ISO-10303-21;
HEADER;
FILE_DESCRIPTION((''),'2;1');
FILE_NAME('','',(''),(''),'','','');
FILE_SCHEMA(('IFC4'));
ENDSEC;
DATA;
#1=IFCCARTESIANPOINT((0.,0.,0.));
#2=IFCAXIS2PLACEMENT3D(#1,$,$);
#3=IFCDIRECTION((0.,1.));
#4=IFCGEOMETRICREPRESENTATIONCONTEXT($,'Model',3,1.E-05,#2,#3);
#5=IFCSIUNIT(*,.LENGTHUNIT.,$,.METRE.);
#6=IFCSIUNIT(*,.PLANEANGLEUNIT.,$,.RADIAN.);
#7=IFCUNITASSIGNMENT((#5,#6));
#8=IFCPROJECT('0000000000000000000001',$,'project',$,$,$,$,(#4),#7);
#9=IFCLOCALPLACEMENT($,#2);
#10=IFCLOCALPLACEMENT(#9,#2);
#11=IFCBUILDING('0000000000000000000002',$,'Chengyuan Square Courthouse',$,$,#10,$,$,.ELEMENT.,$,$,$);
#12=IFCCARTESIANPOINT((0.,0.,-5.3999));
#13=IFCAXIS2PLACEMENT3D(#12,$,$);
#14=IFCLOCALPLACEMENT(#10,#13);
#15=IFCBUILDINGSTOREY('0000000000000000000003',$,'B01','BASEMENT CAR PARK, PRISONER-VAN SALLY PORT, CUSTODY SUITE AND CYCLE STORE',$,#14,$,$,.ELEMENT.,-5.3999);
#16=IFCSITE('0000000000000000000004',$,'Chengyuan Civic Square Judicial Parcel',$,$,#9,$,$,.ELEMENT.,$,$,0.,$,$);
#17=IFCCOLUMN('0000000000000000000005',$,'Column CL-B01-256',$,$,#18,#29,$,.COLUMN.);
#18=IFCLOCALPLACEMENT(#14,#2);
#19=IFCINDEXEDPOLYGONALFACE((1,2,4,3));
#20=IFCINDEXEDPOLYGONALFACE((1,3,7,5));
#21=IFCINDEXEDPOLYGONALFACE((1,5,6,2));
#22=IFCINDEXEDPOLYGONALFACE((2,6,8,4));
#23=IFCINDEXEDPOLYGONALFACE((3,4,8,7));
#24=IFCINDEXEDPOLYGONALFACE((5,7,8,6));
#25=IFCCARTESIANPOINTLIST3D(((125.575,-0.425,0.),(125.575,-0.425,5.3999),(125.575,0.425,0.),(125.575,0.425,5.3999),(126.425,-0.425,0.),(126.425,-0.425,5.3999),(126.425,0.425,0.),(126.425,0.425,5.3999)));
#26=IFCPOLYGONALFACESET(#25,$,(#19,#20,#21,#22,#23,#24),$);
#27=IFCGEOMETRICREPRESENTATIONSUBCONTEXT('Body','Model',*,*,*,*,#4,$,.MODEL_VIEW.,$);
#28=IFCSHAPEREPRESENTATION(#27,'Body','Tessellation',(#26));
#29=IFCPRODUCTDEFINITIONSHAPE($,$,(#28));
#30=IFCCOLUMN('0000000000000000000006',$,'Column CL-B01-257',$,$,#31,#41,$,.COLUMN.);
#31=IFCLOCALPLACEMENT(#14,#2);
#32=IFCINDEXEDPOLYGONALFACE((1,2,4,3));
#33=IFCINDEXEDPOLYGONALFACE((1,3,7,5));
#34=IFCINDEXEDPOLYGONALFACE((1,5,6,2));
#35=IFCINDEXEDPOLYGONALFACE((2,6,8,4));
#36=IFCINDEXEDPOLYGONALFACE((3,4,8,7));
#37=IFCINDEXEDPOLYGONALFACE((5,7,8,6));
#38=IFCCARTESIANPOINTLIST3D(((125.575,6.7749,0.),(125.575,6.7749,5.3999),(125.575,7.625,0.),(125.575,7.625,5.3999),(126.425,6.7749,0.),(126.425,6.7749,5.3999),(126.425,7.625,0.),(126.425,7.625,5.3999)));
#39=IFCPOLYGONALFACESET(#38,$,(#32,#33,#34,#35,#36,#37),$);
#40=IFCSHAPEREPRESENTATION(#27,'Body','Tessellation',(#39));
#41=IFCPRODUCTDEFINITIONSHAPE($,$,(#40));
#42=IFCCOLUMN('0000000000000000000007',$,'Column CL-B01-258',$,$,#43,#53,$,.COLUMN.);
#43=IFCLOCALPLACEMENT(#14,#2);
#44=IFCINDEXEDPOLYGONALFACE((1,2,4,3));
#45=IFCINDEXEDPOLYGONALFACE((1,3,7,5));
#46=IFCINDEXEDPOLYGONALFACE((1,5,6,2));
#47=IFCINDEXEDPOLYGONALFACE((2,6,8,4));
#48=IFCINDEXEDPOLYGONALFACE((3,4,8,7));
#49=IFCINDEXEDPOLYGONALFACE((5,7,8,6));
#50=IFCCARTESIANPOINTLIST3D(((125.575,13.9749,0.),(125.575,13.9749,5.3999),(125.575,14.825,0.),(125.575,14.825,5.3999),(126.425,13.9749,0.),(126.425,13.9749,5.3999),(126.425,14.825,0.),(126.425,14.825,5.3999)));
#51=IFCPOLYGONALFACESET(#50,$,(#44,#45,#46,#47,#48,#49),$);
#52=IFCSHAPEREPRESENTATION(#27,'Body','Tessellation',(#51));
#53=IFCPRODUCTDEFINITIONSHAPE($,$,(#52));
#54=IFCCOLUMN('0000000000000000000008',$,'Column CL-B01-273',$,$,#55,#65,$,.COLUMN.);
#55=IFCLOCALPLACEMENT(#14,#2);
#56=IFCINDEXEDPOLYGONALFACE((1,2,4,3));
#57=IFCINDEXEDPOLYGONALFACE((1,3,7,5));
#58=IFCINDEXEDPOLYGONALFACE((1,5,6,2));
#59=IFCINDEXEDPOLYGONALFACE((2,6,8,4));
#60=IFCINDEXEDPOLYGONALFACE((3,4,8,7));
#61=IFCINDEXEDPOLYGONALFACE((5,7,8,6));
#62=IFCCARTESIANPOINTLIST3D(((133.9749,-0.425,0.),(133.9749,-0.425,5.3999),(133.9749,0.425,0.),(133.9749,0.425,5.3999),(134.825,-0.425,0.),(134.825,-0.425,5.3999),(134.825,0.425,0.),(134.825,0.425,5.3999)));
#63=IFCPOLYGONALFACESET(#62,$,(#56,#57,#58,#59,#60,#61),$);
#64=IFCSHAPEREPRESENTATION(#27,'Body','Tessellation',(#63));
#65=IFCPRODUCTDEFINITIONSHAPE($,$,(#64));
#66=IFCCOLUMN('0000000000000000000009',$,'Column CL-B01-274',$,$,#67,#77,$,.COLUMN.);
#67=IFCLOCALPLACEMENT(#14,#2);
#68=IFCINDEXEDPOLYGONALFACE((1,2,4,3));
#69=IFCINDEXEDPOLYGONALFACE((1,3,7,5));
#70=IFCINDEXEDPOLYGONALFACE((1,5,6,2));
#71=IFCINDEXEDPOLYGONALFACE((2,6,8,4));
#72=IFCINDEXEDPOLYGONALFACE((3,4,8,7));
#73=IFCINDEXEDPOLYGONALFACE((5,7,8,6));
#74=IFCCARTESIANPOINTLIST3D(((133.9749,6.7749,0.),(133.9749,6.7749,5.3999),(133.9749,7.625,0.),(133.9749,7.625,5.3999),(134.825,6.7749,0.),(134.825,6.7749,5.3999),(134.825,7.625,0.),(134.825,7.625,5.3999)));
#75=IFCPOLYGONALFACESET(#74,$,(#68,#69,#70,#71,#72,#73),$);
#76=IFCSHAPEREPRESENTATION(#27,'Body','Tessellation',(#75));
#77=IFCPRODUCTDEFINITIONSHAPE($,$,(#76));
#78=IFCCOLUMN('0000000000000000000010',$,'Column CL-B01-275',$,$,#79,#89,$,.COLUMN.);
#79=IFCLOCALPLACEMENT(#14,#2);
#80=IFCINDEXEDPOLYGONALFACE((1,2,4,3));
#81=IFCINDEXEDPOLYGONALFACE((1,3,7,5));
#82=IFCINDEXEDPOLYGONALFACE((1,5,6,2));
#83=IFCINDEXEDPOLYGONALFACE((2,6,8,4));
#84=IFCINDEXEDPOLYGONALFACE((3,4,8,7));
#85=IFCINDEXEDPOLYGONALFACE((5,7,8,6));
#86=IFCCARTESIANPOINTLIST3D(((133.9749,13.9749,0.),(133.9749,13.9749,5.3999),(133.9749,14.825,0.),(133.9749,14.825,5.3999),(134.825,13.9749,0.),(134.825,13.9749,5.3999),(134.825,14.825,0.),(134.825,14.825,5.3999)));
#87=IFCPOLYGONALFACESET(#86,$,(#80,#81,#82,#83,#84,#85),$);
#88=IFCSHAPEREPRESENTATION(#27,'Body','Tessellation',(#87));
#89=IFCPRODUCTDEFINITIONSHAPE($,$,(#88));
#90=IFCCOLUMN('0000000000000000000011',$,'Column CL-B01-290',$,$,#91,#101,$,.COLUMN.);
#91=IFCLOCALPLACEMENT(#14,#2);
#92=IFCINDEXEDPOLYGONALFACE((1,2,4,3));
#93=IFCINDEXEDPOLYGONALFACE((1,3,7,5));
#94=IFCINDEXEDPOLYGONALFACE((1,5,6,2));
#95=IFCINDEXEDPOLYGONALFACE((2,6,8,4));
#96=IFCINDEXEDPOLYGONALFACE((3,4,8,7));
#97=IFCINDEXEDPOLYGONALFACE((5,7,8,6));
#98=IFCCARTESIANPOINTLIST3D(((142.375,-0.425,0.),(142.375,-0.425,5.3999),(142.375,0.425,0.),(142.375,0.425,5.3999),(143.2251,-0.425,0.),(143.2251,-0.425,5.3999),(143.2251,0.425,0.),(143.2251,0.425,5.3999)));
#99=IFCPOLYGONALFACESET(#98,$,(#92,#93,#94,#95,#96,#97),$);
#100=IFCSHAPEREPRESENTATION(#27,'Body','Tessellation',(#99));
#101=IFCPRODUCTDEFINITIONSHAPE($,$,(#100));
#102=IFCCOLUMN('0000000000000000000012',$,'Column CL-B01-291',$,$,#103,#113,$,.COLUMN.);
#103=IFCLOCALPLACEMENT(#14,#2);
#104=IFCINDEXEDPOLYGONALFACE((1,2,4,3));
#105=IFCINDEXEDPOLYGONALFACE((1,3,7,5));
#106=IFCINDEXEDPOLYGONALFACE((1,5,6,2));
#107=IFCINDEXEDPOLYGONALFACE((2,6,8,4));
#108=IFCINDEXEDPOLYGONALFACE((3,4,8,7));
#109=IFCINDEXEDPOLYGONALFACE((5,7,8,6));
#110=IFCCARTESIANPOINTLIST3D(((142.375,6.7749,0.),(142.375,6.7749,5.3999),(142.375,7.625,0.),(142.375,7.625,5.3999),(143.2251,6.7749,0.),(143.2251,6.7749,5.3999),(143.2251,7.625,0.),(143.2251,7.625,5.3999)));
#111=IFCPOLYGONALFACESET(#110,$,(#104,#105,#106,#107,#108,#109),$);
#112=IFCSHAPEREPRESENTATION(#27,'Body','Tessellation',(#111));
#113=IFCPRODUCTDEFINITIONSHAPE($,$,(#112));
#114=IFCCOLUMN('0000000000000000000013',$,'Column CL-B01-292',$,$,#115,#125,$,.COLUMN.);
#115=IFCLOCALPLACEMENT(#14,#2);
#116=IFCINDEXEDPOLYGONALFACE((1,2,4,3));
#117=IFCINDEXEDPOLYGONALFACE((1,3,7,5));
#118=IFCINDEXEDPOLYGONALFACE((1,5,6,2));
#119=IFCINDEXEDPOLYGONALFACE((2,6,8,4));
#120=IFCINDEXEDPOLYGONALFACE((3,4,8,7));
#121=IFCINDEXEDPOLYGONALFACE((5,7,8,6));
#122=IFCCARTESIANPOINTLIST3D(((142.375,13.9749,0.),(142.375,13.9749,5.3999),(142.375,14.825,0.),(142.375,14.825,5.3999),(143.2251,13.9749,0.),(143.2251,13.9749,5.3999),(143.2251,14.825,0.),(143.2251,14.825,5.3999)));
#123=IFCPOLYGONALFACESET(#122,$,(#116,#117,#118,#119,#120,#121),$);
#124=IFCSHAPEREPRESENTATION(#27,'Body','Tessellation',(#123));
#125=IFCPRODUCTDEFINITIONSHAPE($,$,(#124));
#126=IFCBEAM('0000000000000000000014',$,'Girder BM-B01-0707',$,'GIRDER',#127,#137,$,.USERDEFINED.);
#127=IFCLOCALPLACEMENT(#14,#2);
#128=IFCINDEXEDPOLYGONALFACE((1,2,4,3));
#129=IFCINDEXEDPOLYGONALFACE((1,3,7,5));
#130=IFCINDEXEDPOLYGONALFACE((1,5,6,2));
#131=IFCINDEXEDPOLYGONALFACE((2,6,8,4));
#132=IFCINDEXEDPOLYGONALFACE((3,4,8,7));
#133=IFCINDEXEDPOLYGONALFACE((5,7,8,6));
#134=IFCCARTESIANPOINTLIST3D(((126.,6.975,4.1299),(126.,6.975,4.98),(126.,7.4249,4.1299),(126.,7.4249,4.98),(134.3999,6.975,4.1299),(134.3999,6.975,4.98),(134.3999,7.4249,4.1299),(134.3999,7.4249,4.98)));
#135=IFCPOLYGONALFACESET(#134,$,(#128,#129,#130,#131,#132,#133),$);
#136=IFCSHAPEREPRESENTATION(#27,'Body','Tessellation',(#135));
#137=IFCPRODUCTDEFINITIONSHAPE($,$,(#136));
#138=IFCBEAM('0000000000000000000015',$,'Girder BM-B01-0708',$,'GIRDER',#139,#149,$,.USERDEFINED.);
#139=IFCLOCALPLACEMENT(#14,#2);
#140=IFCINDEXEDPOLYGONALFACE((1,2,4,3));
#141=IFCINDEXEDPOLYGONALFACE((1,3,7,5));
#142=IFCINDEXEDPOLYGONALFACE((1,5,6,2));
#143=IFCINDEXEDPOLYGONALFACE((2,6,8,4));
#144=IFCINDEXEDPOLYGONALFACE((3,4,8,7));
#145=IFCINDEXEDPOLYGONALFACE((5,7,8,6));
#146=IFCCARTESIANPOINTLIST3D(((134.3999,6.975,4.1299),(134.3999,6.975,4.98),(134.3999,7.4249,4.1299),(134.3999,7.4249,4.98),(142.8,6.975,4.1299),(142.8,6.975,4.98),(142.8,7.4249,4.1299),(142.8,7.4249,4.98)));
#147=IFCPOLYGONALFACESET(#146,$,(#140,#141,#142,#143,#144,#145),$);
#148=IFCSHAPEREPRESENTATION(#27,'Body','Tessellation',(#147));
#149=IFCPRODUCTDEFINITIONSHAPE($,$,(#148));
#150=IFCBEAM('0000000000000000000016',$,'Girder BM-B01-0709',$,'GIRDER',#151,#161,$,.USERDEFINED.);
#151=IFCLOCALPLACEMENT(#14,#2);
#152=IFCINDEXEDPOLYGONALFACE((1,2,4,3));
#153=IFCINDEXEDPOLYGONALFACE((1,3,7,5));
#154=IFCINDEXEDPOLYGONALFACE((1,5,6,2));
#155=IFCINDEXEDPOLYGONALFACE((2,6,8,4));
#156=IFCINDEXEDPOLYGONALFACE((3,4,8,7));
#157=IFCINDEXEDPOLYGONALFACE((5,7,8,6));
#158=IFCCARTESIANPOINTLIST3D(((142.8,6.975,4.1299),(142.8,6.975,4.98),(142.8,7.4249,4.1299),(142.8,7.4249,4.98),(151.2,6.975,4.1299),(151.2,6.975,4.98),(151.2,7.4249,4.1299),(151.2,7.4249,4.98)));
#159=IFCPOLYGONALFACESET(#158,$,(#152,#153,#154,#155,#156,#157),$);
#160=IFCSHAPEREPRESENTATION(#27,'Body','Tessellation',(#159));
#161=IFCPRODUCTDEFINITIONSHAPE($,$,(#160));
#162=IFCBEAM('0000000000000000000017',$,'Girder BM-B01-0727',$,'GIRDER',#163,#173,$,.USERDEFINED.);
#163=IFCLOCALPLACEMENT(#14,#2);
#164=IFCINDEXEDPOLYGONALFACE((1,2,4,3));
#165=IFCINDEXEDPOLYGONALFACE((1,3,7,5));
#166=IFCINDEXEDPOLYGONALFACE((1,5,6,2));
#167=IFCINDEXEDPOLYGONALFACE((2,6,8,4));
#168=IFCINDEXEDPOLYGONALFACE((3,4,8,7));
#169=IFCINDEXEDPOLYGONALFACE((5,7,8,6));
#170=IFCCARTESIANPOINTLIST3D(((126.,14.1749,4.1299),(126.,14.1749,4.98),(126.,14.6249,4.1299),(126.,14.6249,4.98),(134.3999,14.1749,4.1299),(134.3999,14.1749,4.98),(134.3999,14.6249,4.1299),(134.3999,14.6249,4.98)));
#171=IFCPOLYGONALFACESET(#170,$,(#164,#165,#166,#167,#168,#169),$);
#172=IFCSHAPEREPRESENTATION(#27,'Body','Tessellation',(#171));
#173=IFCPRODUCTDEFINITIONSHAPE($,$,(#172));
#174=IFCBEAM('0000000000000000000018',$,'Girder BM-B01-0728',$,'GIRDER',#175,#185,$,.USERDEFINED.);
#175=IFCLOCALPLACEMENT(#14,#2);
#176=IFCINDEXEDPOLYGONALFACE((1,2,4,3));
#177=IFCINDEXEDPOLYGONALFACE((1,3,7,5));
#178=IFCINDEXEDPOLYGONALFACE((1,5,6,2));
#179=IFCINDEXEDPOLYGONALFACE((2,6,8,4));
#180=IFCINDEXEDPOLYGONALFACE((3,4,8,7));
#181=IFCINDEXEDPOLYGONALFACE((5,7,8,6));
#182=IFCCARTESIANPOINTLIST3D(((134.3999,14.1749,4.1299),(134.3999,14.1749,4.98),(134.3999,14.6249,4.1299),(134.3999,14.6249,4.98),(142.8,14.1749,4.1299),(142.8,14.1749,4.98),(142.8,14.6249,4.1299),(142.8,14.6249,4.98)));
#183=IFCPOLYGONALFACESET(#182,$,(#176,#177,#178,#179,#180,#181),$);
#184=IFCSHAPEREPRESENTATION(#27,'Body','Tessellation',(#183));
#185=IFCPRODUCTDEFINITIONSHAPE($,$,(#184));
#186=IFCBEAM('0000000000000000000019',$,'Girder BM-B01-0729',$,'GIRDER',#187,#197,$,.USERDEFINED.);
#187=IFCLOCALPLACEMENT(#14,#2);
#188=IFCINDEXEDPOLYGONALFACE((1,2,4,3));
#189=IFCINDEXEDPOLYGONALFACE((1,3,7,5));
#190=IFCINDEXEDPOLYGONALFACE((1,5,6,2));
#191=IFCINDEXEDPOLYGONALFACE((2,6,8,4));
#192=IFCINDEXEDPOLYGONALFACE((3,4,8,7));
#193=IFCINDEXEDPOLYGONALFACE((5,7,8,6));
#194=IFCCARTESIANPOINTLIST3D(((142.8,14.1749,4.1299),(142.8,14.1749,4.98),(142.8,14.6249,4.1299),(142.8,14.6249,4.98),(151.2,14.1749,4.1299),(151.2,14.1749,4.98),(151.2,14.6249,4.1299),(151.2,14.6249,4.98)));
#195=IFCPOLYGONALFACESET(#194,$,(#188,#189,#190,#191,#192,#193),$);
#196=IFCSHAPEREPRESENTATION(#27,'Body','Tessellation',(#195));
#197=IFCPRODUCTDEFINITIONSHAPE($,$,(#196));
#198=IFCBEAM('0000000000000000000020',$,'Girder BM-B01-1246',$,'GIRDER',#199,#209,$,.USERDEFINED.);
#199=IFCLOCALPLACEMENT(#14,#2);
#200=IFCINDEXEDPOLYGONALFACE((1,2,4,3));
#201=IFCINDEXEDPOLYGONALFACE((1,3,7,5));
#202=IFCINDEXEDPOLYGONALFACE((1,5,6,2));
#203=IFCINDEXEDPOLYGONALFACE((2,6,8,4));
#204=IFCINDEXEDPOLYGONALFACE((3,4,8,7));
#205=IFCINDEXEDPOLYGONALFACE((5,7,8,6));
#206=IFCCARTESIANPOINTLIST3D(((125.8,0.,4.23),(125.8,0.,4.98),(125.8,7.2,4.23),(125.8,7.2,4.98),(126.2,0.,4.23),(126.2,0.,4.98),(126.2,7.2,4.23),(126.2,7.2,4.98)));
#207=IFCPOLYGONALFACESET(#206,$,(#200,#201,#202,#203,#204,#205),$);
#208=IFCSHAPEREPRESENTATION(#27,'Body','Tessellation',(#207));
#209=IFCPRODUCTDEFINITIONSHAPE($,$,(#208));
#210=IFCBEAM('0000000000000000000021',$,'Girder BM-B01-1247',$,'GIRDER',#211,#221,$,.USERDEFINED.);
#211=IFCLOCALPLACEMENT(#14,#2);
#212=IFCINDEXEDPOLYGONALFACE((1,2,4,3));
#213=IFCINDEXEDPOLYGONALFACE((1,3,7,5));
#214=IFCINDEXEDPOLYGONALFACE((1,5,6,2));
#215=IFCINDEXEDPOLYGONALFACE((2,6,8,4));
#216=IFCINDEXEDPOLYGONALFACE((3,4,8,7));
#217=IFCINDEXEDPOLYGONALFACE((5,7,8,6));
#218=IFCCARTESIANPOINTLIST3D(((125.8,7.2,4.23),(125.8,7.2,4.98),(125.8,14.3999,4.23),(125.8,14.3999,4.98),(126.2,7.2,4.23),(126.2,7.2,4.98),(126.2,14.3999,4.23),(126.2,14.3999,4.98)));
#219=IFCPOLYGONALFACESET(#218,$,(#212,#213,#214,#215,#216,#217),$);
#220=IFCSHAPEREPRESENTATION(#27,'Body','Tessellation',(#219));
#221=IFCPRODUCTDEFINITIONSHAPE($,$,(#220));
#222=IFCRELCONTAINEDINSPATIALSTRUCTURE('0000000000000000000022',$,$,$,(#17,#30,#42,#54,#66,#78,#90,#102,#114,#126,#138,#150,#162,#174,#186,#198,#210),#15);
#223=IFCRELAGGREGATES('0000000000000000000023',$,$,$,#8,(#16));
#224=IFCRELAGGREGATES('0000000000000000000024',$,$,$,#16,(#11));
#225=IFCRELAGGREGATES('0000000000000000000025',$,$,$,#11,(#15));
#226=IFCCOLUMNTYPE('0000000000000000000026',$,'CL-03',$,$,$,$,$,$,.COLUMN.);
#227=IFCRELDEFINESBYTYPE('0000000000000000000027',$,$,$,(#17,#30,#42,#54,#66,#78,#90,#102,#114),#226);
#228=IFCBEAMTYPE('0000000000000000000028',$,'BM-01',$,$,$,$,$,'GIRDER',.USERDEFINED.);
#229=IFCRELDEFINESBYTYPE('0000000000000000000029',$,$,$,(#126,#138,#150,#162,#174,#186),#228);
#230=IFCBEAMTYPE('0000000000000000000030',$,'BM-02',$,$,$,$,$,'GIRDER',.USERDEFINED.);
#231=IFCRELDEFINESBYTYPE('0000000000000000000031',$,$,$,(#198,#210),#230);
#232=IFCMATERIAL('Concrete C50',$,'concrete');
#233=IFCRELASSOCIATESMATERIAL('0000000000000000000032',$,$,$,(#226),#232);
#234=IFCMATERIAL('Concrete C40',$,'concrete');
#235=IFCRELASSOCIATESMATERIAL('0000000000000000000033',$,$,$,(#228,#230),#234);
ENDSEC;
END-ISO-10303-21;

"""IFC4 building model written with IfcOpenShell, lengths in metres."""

from ifc_helpers import new_model, si_unit, direction, frame, origin, origin_2d, place, context, subcontext, project, spatial, rectangle, extrude, material, material_profile, profile_set, type_object, element, save


model = new_model("IFC4")

# Units and contexts
model_context = context("Model", 3, precision=1e-05, world=origin(), true_north=direction((0.0, 1.0)))
body_context = subcontext(model_context, "Body", "Model", "MODEL_VIEW")
ifc_project = project(units=[si_unit("LENGTHUNIT", "METRE"), si_unit("PLANEANGLEUNIT", "RADIAN")], contexts=[model_context])

# Site, building, storey
site_placement = place(None, origin())
site = spatial("IfcSite", under=ifc_project, at=site_placement, Name="Chengyuan Civic Square Judicial Parcel", CompositionType="ELEMENT", RefElevation=0.0)
building_placement = place(site_placement, origin())
building = spatial("IfcBuilding", under=site, at=building_placement, Name="Chengyuan Square Courthouse", CompositionType="ELEMENT")
storey_placement = place(building_placement, frame((0.0, 0.0, -5.3999)))
storey = spatial("IfcBuildingStorey", under=building, at=storey_placement, Name="B01", Description="BASEMENT CAR PARK, PRISONER-VAN SALLY PORT, CUSTODY SUITE AND CYCLE STORE", CompositionType="ELEMENT", Elevation=-5.3999)

# Columns
ifc_material_1 = material(Name="Concrete C50", Category="concrete")
ifc_material_profile_1 = material_profile(ifc_material_1, rectangle(XDim=0.8501, YDim=0.8501, at=origin_2d()), Name="RC-COL-850x850")
ifc_profile_set_1 = profile_set([ifc_material_profile_1], Name="Concrete C50")
column_type = type_object("IfcColumnType", Name="CL-03", PredefinedType="COLUMN", material=ifc_profile_set_1)
for number, where, z_axis, x_axis, name in (
    (1, (126.0, 0.0, 0.0), (0.0, 0.0, 1.0), (1.0, 0.0, 0.0), "Column CL-B01-256"),
    (2, (126.0, 7.2, 0.0), (0.0, 0.0, 1.0), (1.0, 0.0, 0.0), "Column CL-B01-257"),
    (3, (126.0, 14.3999, 0.0), (0.0, 0.0, 1.0), (1.0, 0.0, 0.0), "Column CL-B01-258"),
    (4, (134.3999, 0.0, 0.0), (0.0, 0.0, 1.0), (1.0, 0.0, 0.0), "Column CL-B01-273"),
    (5, (134.3999, 7.2, 0.0), (0.0, 0.0, 1.0), (1.0, 0.0, 0.0), "Column CL-B01-274"),
    (6, (134.3999, 14.3999, 0.0), (0.0, 0.0, 1.0), (1.0, 0.0, 0.0), "Column CL-B01-275"),
    (7, (142.8, 0.0, 0.0), (0.0, 0.0, 1.0), (1.0, 0.0, 0.0), "Column CL-B01-290"),
    (8, (142.8, 7.2, 0.0), (0.0, 0.0, 1.0), (1.0, 0.0, 0.0), "Column CL-B01-291"),
    (9, (142.8, 14.3999, 0.0), (0.0, 0.0, 1.0), (1.0, 0.0, 0.0), "Column CL-B01-292"),
):
    element("IfcColumn", number, at=place(storey_placement, frame(where, z_axis=z_axis, x_axis=x_axis)), inside=storey, type_object=column_type, Name=name, PredefinedType="COLUMN", context=body_context, shape_type="SweptSolid", body=[
        extrude(rectangle(XDim=0.8501, YDim=0.8501, at=origin_2d()), origin(), (0.0, 0.0, 1.0), 5.3999),
    ])

# Beams
ifc_material_2 = material(Name="Concrete C40", Category="concrete")
ifc_material_profile_2 = material_profile(ifc_material_2, rectangle(XDim=0.45, YDim=0.8501, at=origin_2d()), Name="RC-BM-450x850")
ifc_profile_set_2 = profile_set([ifc_material_profile_2], Name="Concrete C40")
beam_type_1 = type_object("IfcBeamType", Name="BM-01", ElementType="GIRDER", PredefinedType="USERDEFINED", material=ifc_profile_set_2)
beam_1_placement = place(storey_placement, frame((126.0, 7.2, 4.5549), z_axis=(1.0, 0.0, 0.0), x_axis=(0.0, 1.0, 0.0)))
element("IfcBeam", 10, at=beam_1_placement, inside=storey, type_object=beam_type_1, Name="Girder BM-B01-0707", ObjectType="GIRDER", PredefinedType="USERDEFINED", context=body_context, shape_type="SweptSolid", body=[
    extrude(rectangle(XDim=0.45, YDim=0.8501, at=origin_2d()), origin(), (0.0, 0.0, 1.0), 8.3999),
])
beam_2_placement = place(storey_placement, frame((134.3999, 7.2, 4.5549), z_axis=(1.0, 0.0, 0.0), x_axis=(0.0, 1.0, 0.0)))
element("IfcBeam", 11, at=beam_2_placement, inside=storey, type_object=beam_type_1, Name="Girder BM-B01-0708", ObjectType="GIRDER", PredefinedType="USERDEFINED", context=body_context, shape_type="SweptSolid", body=[
    extrude(rectangle(XDim=0.45, YDim=0.8501, at=origin_2d()), origin(), (0.0, 0.0, 1.0), 8.4001),
])
for number, where, z_axis, x_axis, name in (
    (12, (142.8, 7.2, 4.5549), (1.0, 0.0, 0.0), (0.0, 1.0, 0.0), "Girder BM-B01-0709"),
    (13, (126.0, 14.3999, 4.5549), (1.0, 0.0, 0.0), (0.0, 1.0, 0.0), "Girder BM-B01-0727"),
):
    element("IfcBeam", number, at=place(storey_placement, frame(where, z_axis=z_axis, x_axis=x_axis)), inside=storey, type_object=beam_type_1, Name=name, ObjectType="GIRDER", PredefinedType="USERDEFINED", context=body_context, shape_type="SweptSolid", body=[
        extrude(rectangle(XDim=0.45, YDim=0.8501, at=origin_2d()), origin(), (0.0, 0.0, 1.0), 8.3999),
    ])
beam_3_placement = place(storey_placement, frame((134.3999, 14.3999, 4.5549), z_axis=(1.0, 0.0, 0.0), x_axis=(0.0, 1.0, 0.0)))
element("IfcBeam", 14, at=beam_3_placement, inside=storey, type_object=beam_type_1, Name="Girder BM-B01-0728", ObjectType="GIRDER", PredefinedType="USERDEFINED", context=body_context, shape_type="SweptSolid", body=[
    extrude(rectangle(XDim=0.45, YDim=0.8501, at=origin_2d()), origin(), (0.0, 0.0, 1.0), 8.4001),
])
beam_4_placement = place(storey_placement, frame((142.8, 14.3999, 4.5549), z_axis=(1.0, 0.0, 0.0), x_axis=(0.0, 1.0, 0.0)))
element("IfcBeam", 15, at=beam_4_placement, inside=storey, type_object=beam_type_1, Name="Girder BM-B01-0729", ObjectType="GIRDER", PredefinedType="USERDEFINED", context=body_context, shape_type="SweptSolid", body=[
    extrude(rectangle(XDim=0.45, YDim=0.8501, at=origin_2d()), origin(), (0.0, 0.0, 1.0), 8.3999),
])
ifc_material_profile_3 = material_profile(ifc_material_2, rectangle(XDim=0.3999, YDim=0.75, at=origin_2d()), Name="RC-BM-400x750")
ifc_profile_set_3 = profile_set([ifc_material_profile_3], Name="Concrete C40")
beam_type_2 = type_object("IfcBeamType", Name="BM-02", ElementType="GIRDER", PredefinedType="USERDEFINED", material=ifc_profile_set_3)
for number, where, z_axis, x_axis, name in (
    (16, (126.0, 0.0, 4.605), (0.0, 1.0, 0.0), (-1.0, 0.0, 0.0), "Girder BM-B01-1246"),
    (17, (126.0, 7.2, 4.605), (0.0, 1.0, 0.0), (-1.0, 0.0, 0.0), "Girder BM-B01-1247"),
):
    element("IfcBeam", number, at=place(storey_placement, frame(where, z_axis=z_axis, x_axis=x_axis)), inside=storey, type_object=beam_type_2, Name=name, ObjectType="GIRDER", PredefinedType="USERDEFINED", context=body_context, shape_type="SweptSolid", body=[
        extrude(rectangle(XDim=0.3999, YDim=0.75, at=origin_2d()), origin(), (0.0, 0.0, 1.0), 7.2),
    ])

save(model, "model.ifc")
